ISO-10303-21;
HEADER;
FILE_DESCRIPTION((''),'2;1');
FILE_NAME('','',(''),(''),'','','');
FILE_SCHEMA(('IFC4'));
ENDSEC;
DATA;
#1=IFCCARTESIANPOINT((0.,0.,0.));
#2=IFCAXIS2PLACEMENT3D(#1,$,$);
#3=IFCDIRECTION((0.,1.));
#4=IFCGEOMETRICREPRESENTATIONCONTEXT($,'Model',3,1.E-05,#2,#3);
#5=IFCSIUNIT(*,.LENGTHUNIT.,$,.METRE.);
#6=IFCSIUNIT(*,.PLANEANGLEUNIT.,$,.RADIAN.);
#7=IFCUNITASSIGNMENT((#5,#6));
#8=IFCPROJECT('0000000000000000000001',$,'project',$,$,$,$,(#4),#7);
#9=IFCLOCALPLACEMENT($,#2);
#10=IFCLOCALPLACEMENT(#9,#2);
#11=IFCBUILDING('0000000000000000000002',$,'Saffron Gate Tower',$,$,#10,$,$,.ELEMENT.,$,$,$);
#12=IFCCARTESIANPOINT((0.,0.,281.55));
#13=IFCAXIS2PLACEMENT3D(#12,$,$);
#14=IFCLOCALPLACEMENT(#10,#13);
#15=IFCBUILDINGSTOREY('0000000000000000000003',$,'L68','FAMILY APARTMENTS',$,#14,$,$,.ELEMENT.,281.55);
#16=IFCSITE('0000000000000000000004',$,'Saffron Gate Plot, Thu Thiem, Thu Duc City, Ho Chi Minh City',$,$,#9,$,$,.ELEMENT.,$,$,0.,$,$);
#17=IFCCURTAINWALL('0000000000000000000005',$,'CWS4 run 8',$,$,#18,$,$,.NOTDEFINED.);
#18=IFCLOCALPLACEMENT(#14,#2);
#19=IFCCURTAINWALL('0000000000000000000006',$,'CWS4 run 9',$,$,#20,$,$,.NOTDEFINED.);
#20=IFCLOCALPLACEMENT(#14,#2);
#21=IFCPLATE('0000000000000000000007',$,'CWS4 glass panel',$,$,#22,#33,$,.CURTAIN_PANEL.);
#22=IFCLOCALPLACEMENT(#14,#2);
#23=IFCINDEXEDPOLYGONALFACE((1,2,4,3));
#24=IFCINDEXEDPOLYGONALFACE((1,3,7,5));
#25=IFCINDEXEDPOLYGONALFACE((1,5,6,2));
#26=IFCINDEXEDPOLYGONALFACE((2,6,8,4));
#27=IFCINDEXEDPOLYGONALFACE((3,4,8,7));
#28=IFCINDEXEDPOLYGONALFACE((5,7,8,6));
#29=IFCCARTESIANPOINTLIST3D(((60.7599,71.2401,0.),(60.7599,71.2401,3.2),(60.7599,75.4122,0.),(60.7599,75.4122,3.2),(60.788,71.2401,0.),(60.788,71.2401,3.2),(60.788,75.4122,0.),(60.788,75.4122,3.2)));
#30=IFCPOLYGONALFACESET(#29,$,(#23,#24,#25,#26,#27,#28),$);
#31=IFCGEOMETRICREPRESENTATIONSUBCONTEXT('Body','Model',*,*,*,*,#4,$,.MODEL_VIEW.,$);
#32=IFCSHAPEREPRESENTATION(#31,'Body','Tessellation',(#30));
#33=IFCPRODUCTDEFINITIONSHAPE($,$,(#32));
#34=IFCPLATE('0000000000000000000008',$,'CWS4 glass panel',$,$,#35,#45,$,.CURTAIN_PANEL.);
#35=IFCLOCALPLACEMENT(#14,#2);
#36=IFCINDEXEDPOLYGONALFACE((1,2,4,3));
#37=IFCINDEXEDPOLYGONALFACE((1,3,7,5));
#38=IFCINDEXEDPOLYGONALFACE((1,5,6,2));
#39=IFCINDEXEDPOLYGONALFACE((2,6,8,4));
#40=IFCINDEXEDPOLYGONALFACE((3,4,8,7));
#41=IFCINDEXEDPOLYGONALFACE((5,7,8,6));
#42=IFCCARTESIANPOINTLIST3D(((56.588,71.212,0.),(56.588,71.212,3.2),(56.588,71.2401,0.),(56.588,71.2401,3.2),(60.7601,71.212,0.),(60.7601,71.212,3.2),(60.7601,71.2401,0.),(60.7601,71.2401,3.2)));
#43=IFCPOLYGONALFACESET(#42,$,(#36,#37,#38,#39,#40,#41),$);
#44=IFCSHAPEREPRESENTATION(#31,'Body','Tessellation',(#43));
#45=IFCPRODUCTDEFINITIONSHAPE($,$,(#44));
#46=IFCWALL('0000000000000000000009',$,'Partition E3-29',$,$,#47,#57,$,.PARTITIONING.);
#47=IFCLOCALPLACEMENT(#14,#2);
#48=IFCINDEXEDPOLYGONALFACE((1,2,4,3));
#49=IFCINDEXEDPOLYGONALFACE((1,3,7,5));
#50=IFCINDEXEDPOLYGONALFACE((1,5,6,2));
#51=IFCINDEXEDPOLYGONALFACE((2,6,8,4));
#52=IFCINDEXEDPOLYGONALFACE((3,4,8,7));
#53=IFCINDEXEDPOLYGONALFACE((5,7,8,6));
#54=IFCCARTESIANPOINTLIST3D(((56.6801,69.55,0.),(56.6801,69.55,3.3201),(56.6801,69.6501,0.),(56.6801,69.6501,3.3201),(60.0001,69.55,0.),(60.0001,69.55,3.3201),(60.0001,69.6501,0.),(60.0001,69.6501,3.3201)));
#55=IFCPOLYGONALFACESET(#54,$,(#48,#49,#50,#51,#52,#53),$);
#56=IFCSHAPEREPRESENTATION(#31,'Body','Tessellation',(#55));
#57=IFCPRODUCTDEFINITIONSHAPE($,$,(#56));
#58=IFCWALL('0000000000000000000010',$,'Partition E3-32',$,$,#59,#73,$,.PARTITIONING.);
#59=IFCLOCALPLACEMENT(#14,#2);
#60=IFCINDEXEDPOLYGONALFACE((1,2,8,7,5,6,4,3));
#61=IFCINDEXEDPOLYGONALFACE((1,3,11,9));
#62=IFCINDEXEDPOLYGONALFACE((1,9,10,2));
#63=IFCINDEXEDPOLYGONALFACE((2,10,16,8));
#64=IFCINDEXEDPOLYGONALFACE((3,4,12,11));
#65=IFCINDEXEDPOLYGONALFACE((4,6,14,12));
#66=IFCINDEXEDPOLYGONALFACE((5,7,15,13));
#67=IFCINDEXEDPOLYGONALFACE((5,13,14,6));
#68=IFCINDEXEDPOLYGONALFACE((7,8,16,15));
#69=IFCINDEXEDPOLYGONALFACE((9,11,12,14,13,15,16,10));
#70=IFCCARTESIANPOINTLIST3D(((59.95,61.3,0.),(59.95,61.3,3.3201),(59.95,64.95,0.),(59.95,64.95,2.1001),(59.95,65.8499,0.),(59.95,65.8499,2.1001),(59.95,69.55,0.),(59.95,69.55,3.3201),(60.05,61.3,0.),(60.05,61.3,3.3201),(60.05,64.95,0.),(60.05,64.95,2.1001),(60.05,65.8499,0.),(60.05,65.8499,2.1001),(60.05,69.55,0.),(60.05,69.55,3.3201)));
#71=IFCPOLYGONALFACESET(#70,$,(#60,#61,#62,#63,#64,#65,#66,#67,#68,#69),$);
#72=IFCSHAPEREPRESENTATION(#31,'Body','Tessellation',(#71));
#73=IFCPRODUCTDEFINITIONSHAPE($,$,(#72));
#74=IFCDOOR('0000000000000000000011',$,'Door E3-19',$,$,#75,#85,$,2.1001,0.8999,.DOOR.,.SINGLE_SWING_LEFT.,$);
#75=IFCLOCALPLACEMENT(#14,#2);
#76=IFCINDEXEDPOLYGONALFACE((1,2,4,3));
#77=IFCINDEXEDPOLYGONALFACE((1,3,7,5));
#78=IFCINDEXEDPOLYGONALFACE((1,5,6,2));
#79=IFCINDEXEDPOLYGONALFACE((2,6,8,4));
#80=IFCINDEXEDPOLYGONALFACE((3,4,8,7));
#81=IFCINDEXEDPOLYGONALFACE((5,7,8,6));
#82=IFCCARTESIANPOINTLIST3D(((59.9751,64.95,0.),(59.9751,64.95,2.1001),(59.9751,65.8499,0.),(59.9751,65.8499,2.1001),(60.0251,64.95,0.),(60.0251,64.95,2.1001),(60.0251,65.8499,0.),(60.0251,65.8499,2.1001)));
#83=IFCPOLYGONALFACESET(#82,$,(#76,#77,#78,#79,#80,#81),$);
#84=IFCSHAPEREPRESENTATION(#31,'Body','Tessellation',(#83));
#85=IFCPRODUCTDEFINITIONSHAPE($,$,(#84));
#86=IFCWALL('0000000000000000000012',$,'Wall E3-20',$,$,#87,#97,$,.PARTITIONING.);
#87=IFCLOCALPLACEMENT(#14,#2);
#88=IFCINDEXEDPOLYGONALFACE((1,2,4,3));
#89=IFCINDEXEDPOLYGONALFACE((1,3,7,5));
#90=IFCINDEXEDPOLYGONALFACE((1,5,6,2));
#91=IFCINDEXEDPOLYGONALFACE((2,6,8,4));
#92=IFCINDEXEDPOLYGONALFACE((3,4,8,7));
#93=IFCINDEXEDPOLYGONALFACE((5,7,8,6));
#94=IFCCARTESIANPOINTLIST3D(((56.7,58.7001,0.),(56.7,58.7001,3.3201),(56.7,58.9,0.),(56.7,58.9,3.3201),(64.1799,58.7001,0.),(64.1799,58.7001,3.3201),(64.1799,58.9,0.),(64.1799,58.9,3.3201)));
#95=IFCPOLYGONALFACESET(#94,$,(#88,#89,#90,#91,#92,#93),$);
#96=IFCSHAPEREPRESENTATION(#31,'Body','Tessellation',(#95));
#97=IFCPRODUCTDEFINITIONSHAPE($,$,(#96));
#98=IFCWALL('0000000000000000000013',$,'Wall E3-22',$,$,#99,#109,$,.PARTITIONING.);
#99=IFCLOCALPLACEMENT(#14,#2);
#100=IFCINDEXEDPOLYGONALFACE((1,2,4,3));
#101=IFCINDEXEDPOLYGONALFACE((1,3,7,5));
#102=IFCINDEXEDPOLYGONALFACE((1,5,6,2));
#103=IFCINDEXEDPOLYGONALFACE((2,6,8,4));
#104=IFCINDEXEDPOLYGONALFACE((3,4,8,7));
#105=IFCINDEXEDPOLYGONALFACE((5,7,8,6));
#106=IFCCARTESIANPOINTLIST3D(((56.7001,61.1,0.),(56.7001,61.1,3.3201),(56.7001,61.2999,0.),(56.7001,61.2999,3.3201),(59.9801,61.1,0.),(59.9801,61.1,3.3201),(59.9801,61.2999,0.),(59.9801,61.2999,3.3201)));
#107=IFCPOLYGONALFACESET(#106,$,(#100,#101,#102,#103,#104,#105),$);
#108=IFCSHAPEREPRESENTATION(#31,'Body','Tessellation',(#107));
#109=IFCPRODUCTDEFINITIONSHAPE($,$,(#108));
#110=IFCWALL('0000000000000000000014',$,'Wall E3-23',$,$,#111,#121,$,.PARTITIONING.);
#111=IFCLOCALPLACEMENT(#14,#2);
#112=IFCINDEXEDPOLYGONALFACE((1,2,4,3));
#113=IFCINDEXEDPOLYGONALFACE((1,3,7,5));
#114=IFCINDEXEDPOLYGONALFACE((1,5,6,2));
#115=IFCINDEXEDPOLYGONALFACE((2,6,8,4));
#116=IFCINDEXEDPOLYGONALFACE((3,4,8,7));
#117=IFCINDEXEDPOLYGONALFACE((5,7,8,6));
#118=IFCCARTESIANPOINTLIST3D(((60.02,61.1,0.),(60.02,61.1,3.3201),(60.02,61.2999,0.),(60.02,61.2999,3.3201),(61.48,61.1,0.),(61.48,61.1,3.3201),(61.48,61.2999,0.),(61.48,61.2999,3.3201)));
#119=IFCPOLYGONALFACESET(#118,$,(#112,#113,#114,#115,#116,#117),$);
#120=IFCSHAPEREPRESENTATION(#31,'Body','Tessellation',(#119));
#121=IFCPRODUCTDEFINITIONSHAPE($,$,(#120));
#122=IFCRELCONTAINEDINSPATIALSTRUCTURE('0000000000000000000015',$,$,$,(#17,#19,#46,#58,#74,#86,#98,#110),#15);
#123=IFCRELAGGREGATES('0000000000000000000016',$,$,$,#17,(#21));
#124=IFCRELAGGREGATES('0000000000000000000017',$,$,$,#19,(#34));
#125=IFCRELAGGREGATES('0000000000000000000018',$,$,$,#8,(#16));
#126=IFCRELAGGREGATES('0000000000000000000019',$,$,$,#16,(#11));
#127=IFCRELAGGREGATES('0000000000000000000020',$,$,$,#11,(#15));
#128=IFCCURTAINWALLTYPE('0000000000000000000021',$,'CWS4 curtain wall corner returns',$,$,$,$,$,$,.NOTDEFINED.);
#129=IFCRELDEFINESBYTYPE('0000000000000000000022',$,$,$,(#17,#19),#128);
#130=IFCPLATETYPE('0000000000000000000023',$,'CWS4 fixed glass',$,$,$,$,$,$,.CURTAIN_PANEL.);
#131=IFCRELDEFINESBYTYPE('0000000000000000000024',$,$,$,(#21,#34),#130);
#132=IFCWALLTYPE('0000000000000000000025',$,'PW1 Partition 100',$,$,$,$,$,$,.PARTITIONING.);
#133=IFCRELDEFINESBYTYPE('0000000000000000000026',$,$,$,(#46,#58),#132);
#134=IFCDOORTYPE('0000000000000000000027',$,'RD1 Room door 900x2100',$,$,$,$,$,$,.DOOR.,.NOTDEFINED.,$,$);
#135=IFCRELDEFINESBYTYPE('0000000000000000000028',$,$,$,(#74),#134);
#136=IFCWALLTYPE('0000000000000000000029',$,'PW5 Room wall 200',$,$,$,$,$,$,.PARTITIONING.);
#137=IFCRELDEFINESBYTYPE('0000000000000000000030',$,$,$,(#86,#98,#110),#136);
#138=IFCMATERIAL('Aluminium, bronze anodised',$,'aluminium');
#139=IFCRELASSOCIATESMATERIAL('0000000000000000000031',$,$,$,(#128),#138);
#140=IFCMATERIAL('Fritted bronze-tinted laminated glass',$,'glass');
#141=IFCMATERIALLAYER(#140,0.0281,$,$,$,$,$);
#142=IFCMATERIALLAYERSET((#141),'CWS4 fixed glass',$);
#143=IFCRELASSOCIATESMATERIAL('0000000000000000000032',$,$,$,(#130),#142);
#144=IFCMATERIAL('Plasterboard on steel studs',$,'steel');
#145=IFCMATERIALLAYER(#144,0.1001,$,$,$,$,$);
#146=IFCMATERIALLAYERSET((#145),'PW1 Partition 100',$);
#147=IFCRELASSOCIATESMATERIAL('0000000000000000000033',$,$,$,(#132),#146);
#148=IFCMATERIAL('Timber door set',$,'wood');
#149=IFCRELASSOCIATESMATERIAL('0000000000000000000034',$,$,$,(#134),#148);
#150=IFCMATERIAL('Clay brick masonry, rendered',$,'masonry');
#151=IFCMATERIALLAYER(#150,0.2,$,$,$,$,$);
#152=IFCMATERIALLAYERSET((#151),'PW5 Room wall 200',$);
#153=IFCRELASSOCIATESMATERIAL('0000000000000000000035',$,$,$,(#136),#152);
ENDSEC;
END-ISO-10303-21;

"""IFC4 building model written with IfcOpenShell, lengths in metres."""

from ifc_helpers import new_model, si_unit, direction, frame, frame_2d, origin, place, context, subcontext, project, spatial, rectangle, extrude, material, layer, layer_set, type_object, element, fill, aggregate, save


model = new_model("IFC4")

# Units and contexts
model_context = context("Model", 3, precision=1e-05, world=origin(), true_north=direction((0.0, 1.0)))
body_context = subcontext(model_context, "Body", "Model", "MODEL_VIEW")
ifc_project = project(units=[si_unit("LENGTHUNIT", "METRE"), si_unit("PLANEANGLEUNIT", "RADIAN")], contexts=[model_context])

# Site, building, storey
site_placement = place(None, origin())
site = spatial("IfcSite", under=ifc_project, at=site_placement, Name="Saffron Gate Plot, Thu Thiem, Thu Duc City, Ho Chi Minh City", CompositionType="ELEMENT", RefElevation=0.0)
building_placement = place(site_placement, origin())
building = spatial("IfcBuilding", under=site, at=building_placement, Name="Saffron Gate Tower", CompositionType="ELEMENT")
storey_placement = place(building_placement, frame((0.0, 0.0, 281.55)))
storey = spatial("IfcBuildingStorey", under=building, at=storey_placement, Name="L68", Description="FAMILY APARTMENTS", CompositionType="ELEMENT", Elevation=281.55)

# Shared definitions
ifc_material_1 = material(Name="Aluminium, bronze anodised", Category="aluminium")

# Curtain walls
curtain_wall_type_1 = type_object("IfcCurtainWallType", Name="CWS4 curtain wall corner returns", PredefinedType="NOTDEFINED", material=ifc_material_1)
curtain_wall_1_placement = place(storey_placement, origin())
curtain_wall_1 = element("IfcCurtainWall", 1, at=curtain_wall_1_placement, inside=storey, type_object=curtain_wall_type_1, Name="CWS4 run 8", PredefinedType="NOTDEFINED")
curtain_wall_2_placement = place(storey_placement, origin())
curtain_wall_2 = element("IfcCurtainWall", 2, at=curtain_wall_2_placement, inside=storey, type_object=curtain_wall_type_1, Name="CWS4 run 9", PredefinedType="NOTDEFINED")

# Shared definitions
ifc_material_2 = material(Name="Fritted bronze-tinted laminated glass", Category="glass")

# Plates
ifc_layer_1 = layer(ifc_material_2, 0.0281)
ifc_layer_set_1 = layer_set([ifc_layer_1], Name="CWS4 fixed glass")
plate_type_1 = type_object("IfcPlateType", Name="CWS4 fixed glass", PredefinedType="CURTAIN_PANEL", material=ifc_layer_set_1)
plate_1_placement = place(storey_placement, frame((60.7739, 75.4121, 0.0), z_axis=(0.0, 0.0, 1.0), x_axis=(0.0, -1.0, 0.0)))
plate_1 = element("IfcPlate", 3, at=plate_1_placement, type_object=plate_type_1, Name="CWS4 glass panel", PredefinedType="CURTAIN_PANEL", context=body_context, shape_type="SweptSolid", body=[
    extrude(rectangle(XDim=4.1721, YDim=0.0281, at=frame_2d((2.0859, 0.0))), origin(), (0.0, 0.0, 1.0), 3.2),
])
aggregate(curtain_wall_1, [plate_1])
plate_2_placement = place(storey_placement, frame((60.76, 71.2261, 0.0), z_axis=(0.0, 0.0, 1.0), x_axis=(-1.0, 0.0, 0.0)))
plate_2 = element("IfcPlate", 4, at=plate_2_placement, type_object=plate_type_1, Name="CWS4 glass panel", PredefinedType="CURTAIN_PANEL", context=body_context, shape_type="SweptSolid", body=[
    extrude(rectangle(XDim=4.1721, YDim=0.0281, at=frame_2d((2.0859, 0.0))), origin(), (0.0, 0.0, 1.0), 3.2),
])
aggregate(curtain_wall_2, [plate_2])

# Wall
ifc_material_3 = material(Name="Plasterboard on steel studs", Category="steel")
ifc_layer_2 = layer(ifc_material_3, 0.1001)
ifc_layer_set_2 = layer_set([ifc_layer_2], Name="PW1 Partition 100")
wall_type_1 = type_object("IfcWallType", Name="PW1 Partition 100", PredefinedType="PARTITIONING", material=ifc_layer_set_2)
wall_1_placement = place(storey_placement, frame((56.6799, 69.6001, 0.0), z_axis=(0.0, 0.0, 1.0), x_axis=(1.0, 0.0, 0.0)))
element("IfcWall", 5, at=wall_1_placement, inside=storey, type_object=wall_type_1, Name="Partition E3-29", PredefinedType="PARTITIONING", context=body_context, shape_type="SweptSolid", body=[
    extrude(rectangle(XDim=3.3201, YDim=0.1001, at=frame_2d((1.6602, 0.0))), origin(), (0.0, 0.0, 1.0), 3.3201),
])

# Wall, opening, door
wall_2_placement = place(storey_placement, frame((60.0, 61.3, 0.0), z_axis=(0.0, 0.0, 1.0), x_axis=(0.0, 1.0, 0.0)))
wall_2 = element("IfcWall", 6, at=wall_2_placement, inside=storey, type_object=wall_type_1, Name="Partition E3-32", PredefinedType="PARTITIONING", context=body_context, shape_type="SweptSolid", body=[
    extrude(rectangle(XDim=8.25, YDim=0.1001, at=frame_2d((4.125, 0.0))), origin(), (0.0, 0.0, 1.0), 3.3201),
])
opening_1_placement = place(wall_2_placement, frame((3.6499, 0.0, 0.0)))
opening_1 = element("IfcOpeningElement", 7, at=opening_1_placement, cuts=wall_2, PredefinedType="OPENING", context=body_context, shape_type="SweptSolid", body=[
    extrude(rectangle(XDim=0.8999, YDim=2.1001, at=frame_2d((0.45, 1.05))), frame((0.0, 0.0601, 0.0), z_axis=(0.0, -1.0, 0.0), x_axis=(1.0, 0.0, 0.0)), (0.0, 0.0, 1.0), 0.1201),
])
ifc_material_4 = material(Name="Timber door set", Category="wood")
door_type = type_object("IfcDoorType", Name="RD1 Room door 900x2100", OperationType="NOTDEFINED", PredefinedType="DOOR", material=ifc_material_4)
door_placement = place(opening_1_placement, origin())
door = element("IfcDoor", 8, at=door_placement, inside=storey, type_object=door_type, Name="Door E3-19", OperationType="SINGLE_SWING_LEFT", OverallHeight=2.1001, OverallWidth=0.8999, PredefinedType="DOOR", context=body_context, shape_type="SweptSolid", body=[
    extrude(rectangle(XDim=0.8999, YDim=2.1001, at=frame_2d((0.45, 1.05))), frame((0.0, 0.0249, 0.0), z_axis=(0.0, -1.0, 0.0), x_axis=(1.0, 0.0, 0.0)), (0.0, 0.0, 1.0), 0.05),
])
fill(opening_1, door)

# Walls
ifc_material_5 = material(Name="Clay brick masonry, rendered", Category="masonry")
ifc_layer_3 = layer(ifc_material_5, 0.2)
ifc_layer_set_3 = layer_set([ifc_layer_3], Name="PW5 Room wall 200")
wall_type_2 = type_object("IfcWallType", Name="PW5 Room wall 200", PredefinedType="PARTITIONING", material=ifc_layer_set_3)
wall_3_placement = place(storey_placement, frame((56.7, 58.8, 0.0), z_axis=(0.0, 0.0, 1.0), x_axis=(1.0, 0.0, 0.0)))
element("IfcWall", 9, at=wall_3_placement, inside=storey, type_object=wall_type_2, Name="Wall E3-20", PredefinedType="PARTITIONING", context=body_context, shape_type="SweptSolid", body=[
    extrude(rectangle(XDim=7.48, YDim=0.2, at=frame_2d((3.74, 0.0))), origin(), (0.0, 0.0, 1.0), 3.3201),
])
wall_4_placement = place(storey_placement, frame((56.7, 61.2, 0.0), z_axis=(0.0, 0.0, 1.0), x_axis=(1.0, 0.0, 0.0)))
element("IfcWall", 10, at=wall_4_placement, inside=storey, type_object=wall_type_2, Name="Wall E3-22", PredefinedType="PARTITIONING", context=body_context, shape_type="SweptSolid", body=[
    extrude(rectangle(XDim=3.28, YDim=0.2, at=frame_2d((1.6401, 0.0))), origin(), (0.0, 0.0, 1.0), 3.3201),
])
wall_5_placement = place(storey_placement, frame((60.02, 61.2, 0.0), z_axis=(0.0, 0.0, 1.0), x_axis=(1.0, 0.0, 0.0)))
element("IfcWall", 11, at=wall_5_placement, inside=storey, type_object=wall_type_2, Name="Wall E3-23", PredefinedType="PARTITIONING", context=body_context, shape_type="SweptSolid", body=[
    extrude(rectangle(XDim=1.46, YDim=0.2, at=frame_2d((0.73, 0.0))), origin(), (0.0, 0.0, 1.0), 3.3201),
])

save(model, "model.ifc")
